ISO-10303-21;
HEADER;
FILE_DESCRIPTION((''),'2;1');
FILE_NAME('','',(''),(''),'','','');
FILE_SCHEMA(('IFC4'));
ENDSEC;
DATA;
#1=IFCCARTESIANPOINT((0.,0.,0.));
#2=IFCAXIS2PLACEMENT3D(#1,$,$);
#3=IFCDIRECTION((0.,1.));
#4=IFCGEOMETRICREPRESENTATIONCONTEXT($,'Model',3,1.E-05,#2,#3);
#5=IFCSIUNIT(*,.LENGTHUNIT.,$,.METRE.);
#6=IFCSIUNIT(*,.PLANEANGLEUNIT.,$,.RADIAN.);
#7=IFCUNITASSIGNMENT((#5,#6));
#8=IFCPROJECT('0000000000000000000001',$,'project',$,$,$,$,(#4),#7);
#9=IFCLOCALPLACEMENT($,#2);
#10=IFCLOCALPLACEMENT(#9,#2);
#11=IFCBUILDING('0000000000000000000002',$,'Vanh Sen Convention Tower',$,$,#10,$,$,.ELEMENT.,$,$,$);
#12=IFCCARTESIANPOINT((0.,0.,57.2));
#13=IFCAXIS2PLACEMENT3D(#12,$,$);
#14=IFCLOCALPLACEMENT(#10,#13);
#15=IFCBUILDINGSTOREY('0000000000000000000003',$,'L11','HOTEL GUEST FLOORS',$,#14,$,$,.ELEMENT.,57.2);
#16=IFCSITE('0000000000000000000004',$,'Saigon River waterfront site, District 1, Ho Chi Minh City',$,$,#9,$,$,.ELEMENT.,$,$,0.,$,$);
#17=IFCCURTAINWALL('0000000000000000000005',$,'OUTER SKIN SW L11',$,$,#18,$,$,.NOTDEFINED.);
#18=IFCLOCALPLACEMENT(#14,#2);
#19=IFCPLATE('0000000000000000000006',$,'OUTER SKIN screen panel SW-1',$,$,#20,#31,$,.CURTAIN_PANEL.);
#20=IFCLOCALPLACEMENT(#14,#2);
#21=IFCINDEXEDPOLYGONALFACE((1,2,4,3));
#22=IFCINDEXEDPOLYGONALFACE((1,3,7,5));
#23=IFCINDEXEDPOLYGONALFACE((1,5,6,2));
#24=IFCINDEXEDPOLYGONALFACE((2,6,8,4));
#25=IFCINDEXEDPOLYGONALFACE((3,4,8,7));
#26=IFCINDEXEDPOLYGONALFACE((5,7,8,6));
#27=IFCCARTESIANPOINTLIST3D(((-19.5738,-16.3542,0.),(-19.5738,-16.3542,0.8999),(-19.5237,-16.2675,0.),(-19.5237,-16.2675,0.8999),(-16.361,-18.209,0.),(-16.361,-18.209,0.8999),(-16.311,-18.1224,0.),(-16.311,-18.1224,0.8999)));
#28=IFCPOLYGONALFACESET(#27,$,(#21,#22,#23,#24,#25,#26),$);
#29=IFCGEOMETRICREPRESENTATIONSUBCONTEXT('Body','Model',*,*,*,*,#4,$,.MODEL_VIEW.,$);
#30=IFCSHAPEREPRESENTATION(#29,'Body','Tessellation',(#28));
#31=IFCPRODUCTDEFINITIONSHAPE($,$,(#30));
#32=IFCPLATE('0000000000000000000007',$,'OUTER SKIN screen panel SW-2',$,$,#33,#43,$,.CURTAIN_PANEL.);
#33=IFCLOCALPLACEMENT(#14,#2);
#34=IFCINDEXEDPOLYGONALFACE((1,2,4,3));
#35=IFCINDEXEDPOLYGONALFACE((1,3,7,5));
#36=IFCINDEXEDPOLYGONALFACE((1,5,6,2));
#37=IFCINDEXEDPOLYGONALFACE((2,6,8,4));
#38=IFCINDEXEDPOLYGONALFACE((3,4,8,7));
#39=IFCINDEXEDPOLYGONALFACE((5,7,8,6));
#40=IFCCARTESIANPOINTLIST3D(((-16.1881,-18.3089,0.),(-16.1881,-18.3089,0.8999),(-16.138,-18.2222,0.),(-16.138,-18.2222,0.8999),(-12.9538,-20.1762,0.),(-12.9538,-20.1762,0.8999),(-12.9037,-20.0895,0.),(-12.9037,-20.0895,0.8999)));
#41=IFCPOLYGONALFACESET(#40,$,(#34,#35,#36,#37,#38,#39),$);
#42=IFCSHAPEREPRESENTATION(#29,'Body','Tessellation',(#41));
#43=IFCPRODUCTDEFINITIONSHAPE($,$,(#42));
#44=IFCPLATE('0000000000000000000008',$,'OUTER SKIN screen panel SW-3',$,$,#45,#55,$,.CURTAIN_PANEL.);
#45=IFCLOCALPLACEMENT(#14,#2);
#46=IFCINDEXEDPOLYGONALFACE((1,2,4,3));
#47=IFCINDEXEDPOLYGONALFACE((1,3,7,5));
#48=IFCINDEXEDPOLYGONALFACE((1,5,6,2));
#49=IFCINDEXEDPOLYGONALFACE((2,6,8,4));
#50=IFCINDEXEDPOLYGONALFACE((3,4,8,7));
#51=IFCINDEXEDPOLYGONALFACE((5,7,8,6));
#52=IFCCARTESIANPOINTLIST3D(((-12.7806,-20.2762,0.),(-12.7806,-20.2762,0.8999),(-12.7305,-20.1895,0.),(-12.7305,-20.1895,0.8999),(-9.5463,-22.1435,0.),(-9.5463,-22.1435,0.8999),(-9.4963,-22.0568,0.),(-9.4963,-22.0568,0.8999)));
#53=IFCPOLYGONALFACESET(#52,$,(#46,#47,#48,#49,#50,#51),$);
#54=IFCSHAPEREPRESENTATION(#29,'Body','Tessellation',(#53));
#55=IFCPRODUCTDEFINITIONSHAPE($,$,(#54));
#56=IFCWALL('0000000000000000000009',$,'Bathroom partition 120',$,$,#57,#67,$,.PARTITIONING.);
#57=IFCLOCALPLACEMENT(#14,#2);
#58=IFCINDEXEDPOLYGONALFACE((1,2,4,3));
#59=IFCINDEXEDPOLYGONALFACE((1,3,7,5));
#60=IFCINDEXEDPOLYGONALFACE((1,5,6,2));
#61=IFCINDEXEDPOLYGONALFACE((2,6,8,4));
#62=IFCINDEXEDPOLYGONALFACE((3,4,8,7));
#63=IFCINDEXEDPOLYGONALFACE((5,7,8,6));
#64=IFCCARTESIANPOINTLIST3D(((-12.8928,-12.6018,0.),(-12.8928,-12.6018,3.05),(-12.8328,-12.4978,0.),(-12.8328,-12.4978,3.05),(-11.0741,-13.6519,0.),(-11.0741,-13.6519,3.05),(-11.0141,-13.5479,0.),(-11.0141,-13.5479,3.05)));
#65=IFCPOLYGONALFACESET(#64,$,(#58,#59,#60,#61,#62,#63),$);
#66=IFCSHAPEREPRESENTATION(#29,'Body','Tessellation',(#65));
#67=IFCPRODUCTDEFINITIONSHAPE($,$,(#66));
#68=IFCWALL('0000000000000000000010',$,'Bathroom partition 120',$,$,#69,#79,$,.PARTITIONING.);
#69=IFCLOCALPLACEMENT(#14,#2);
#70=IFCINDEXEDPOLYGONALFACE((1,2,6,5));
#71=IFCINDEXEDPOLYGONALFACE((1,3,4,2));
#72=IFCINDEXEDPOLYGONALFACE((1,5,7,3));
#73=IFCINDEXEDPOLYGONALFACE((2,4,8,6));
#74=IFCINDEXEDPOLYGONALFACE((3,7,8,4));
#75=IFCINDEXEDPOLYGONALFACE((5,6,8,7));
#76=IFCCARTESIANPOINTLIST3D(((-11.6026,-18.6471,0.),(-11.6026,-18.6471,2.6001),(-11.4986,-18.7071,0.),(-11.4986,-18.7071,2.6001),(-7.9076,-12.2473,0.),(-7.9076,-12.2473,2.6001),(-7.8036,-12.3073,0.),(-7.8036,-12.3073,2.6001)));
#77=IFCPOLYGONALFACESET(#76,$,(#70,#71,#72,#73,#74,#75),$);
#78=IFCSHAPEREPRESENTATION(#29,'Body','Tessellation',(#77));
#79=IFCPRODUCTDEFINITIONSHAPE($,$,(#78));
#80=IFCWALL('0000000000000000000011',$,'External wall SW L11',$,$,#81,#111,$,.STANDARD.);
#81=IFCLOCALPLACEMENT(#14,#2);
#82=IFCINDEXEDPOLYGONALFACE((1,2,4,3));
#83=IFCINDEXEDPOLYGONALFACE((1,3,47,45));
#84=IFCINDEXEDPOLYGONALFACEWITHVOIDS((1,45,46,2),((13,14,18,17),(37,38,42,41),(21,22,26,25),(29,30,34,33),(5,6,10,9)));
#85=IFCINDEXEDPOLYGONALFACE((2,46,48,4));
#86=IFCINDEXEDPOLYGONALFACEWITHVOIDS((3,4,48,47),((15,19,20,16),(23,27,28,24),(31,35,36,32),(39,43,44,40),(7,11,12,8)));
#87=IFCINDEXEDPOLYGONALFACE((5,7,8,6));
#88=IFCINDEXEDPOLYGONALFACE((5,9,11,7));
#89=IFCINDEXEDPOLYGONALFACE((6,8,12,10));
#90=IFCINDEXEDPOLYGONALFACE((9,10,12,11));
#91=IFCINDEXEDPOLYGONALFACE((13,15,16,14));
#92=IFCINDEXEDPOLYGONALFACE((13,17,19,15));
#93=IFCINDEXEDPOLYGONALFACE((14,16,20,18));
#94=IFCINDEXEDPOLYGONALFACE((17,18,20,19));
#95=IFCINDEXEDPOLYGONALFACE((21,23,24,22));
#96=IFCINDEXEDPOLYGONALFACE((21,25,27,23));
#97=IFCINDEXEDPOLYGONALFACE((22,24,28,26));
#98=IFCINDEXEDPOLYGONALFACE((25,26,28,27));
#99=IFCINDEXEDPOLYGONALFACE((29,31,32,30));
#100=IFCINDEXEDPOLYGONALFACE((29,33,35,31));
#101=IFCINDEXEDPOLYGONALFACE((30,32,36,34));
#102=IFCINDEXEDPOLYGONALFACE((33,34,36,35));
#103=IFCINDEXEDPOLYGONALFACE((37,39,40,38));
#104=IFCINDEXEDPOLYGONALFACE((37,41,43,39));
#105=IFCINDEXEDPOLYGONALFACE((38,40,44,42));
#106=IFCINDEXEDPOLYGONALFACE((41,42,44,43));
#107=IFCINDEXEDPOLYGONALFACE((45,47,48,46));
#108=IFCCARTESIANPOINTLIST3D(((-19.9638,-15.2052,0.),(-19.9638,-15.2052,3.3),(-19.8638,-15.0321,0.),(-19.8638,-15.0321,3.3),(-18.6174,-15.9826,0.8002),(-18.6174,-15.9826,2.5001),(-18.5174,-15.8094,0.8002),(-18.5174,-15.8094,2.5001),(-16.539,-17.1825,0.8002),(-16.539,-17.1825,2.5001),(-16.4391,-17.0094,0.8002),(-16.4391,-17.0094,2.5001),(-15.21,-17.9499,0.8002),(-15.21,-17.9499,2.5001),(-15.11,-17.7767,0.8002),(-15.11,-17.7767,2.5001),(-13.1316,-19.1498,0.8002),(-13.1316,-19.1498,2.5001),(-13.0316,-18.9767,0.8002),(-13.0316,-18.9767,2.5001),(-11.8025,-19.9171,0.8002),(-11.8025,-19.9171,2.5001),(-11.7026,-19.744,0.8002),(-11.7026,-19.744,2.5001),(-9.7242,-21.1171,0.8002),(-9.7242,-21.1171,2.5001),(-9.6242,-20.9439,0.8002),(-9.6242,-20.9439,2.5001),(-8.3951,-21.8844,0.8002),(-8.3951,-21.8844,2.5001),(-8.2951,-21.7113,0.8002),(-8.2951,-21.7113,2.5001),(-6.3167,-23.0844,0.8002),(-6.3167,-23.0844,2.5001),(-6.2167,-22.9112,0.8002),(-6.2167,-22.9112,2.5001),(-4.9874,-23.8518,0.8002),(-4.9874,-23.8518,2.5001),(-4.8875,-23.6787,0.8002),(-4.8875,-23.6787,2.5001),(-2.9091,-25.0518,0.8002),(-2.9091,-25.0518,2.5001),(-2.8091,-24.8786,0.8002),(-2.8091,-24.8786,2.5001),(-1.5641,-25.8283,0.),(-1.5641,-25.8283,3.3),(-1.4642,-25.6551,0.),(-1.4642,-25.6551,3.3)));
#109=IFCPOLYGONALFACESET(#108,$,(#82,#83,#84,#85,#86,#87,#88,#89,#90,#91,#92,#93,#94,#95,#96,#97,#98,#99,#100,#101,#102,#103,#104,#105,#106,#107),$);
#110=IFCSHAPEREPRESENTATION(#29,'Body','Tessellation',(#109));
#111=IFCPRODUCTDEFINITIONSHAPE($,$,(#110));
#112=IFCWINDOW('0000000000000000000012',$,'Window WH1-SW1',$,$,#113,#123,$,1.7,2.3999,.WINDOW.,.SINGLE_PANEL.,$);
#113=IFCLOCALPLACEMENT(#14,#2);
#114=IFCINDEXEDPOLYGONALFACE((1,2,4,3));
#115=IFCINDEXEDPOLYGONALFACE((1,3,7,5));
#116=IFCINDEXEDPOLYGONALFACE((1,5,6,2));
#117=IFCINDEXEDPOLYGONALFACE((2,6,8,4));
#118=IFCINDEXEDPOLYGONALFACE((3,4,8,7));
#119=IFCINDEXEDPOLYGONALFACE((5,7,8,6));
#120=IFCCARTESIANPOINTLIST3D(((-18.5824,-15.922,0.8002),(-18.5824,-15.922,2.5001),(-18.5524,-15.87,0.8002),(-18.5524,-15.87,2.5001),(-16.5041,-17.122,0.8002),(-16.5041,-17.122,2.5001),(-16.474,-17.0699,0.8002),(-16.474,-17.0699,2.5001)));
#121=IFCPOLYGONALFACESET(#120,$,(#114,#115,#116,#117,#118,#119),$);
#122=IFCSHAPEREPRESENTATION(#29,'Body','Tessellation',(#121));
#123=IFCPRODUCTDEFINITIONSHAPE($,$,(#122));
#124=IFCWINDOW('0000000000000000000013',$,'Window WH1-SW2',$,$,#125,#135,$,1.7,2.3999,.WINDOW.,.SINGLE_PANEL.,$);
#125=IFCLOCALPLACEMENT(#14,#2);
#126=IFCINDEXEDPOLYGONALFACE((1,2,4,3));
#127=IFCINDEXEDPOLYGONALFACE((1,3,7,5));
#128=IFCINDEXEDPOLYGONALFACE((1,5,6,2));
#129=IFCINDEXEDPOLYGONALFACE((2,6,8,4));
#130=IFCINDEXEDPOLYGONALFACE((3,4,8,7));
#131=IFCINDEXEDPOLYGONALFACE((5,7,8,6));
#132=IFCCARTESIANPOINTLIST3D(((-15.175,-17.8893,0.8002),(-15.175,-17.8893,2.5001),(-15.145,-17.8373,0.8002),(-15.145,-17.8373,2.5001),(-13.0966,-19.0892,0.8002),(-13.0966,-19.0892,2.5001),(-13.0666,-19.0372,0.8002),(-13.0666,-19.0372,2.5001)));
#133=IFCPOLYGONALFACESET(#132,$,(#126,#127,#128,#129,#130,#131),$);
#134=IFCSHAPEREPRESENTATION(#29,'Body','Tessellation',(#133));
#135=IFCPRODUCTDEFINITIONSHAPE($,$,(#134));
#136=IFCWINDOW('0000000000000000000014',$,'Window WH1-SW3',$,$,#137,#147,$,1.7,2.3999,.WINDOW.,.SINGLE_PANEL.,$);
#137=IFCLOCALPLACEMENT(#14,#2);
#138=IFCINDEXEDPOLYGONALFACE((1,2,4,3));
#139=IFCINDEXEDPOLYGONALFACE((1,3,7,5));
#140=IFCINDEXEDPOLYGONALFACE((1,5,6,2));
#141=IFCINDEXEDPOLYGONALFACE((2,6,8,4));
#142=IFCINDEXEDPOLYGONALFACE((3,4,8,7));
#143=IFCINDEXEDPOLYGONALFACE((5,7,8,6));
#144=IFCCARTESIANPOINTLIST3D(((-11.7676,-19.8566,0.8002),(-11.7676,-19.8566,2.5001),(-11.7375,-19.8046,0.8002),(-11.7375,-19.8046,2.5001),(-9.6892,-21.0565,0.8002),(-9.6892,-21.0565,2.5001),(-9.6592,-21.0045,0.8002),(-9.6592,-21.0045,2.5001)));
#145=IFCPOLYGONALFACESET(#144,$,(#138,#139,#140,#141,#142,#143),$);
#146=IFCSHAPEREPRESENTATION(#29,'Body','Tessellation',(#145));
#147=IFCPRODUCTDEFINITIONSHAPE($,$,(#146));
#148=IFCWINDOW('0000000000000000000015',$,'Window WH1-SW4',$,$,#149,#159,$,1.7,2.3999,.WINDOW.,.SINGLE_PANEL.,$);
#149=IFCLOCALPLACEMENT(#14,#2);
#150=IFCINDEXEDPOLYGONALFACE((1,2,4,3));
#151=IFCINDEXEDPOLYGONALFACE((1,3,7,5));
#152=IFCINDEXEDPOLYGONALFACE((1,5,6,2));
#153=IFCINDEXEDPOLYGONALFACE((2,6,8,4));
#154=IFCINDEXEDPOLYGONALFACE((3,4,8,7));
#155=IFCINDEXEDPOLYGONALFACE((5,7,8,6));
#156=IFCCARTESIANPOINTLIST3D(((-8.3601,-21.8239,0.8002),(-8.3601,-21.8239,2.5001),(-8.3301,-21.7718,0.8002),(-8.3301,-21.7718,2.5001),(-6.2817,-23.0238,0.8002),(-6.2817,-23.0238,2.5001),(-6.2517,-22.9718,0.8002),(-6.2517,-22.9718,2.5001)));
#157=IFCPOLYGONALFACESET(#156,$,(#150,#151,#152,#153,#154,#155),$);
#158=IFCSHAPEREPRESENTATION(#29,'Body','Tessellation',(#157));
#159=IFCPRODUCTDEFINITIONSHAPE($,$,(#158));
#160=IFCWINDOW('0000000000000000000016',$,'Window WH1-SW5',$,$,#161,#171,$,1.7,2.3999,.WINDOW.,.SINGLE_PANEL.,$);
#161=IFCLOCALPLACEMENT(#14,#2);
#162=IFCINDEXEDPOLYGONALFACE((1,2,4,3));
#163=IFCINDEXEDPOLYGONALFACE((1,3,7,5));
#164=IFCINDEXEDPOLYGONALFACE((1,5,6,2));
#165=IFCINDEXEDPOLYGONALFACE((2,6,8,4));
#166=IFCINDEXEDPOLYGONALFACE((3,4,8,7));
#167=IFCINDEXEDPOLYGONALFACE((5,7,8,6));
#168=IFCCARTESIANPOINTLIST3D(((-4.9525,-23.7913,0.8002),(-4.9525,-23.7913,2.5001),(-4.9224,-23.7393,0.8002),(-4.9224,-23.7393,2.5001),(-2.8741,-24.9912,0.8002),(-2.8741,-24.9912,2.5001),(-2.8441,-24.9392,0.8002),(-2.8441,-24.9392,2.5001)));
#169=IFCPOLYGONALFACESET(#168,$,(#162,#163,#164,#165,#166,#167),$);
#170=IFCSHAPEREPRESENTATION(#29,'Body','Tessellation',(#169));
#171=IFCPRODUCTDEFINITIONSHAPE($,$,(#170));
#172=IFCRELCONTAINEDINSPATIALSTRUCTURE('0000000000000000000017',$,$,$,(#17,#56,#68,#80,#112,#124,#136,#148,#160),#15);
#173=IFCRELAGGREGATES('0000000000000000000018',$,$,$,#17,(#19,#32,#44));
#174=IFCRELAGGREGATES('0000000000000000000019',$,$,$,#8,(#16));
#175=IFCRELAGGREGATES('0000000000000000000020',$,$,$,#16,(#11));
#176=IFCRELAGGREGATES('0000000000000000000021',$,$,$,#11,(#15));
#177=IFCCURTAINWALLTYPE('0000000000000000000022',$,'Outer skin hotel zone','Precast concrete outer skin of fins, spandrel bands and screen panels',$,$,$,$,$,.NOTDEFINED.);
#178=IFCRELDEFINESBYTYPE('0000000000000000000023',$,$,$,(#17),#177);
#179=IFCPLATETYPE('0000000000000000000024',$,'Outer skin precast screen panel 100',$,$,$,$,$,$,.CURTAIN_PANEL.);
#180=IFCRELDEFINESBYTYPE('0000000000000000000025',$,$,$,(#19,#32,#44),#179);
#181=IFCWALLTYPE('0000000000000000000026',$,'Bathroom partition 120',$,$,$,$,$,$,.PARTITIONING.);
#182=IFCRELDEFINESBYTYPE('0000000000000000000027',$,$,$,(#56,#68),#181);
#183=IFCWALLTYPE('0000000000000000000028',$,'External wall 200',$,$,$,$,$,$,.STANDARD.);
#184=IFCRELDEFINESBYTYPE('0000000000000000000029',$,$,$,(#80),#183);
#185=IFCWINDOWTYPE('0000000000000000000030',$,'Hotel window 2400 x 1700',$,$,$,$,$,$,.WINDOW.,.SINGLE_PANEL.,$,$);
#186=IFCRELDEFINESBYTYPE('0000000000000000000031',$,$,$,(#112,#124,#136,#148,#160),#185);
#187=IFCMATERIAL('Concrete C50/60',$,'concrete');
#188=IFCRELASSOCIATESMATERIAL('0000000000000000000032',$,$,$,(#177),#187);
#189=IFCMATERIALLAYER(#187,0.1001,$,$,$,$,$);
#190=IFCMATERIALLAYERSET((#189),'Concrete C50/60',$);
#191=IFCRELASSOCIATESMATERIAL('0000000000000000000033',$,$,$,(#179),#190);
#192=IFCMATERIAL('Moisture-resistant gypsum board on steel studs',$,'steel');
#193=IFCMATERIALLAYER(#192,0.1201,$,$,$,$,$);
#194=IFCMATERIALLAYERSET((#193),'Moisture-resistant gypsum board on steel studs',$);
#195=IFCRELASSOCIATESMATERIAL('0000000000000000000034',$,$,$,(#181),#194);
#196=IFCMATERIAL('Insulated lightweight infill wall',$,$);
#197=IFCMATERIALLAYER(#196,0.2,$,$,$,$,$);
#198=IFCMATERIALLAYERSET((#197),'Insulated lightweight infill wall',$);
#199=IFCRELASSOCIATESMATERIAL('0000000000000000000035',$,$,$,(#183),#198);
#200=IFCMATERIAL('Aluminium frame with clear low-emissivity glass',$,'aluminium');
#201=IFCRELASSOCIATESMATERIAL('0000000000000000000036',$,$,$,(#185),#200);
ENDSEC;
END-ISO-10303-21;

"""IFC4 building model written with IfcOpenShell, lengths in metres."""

from ifc_helpers import new_model, si_unit, direction, frame, frame_2d, origin, origin_2d, place, context, subcontext, project, spatial, rectangle, extrude, material, layer, layer_set, type_object, element, fill, aggregate, save


model = new_model("IFC4")

# Units and contexts
model_context = context("Model", 3, precision=1e-05, world=origin(), true_north=direction((0.0, 1.0)))
body_context = subcontext(model_context, "Body", "Model", "MODEL_VIEW")
ifc_project = project(units=[si_unit("LENGTHUNIT", "METRE"), si_unit("PLANEANGLEUNIT", "RADIAN")], contexts=[model_context])

# Site, building, storey
site_placement = place(None, origin())
site = spatial("IfcSite", under=ifc_project, at=site_placement, Name="Saigon River waterfront site, District 1, Ho Chi Minh City", CompositionType="ELEMENT", RefElevation=0.0)
building_placement = place(site_placement, origin())
building = spatial("IfcBuilding", under=site, at=building_placement, Name="Vanh Sen Convention Tower", CompositionType="ELEMENT")
storey_placement = place(building_placement, frame((0.0, 0.0, 57.2)))
storey = spatial("IfcBuildingStorey", under=building, at=storey_placement, Name="L11", Description="HOTEL GUEST FLOORS", CompositionType="ELEMENT", Elevation=57.2)

# Curtain wall
ifc_material_1 = material(Name="Concrete C50/60", Category="concrete")
curtain_wall_type = type_object("IfcCurtainWallType", Name="Outer skin hotel zone", Description="Precast concrete outer skin of fins, spandrel bands and screen panels", PredefinedType="NOTDEFINED", material=ifc_material_1)
curtain_wall_1_placement = place(storey_placement, origin())
curtain_wall_1 = element("IfcCurtainWall", 1, at=curtain_wall_1_placement, inside=storey, type_object=curtain_wall_type, Name="OUTER SKIN SW L11", PredefinedType="NOTDEFINED")

# Shared definitions
ifc_layer_1 = layer(ifc_material_1, 0.1001)
ifc_layer_set_1 = layer_set([ifc_layer_1], Name="Concrete C50/60")
plate_type = type_object("IfcPlateType", Name="Outer skin precast screen panel 100", PredefinedType="CURTAIN_PANEL", material=ifc_layer_set_1)

# Plates
plate_1_placement = place(storey_placement, frame((-17.9424, -17.2383, 0.0), z_axis=(0.0, 0.0, 1.0), x_axis=(0.866028, -0.499995, 0.0)))
plate_1 = element("IfcPlate", 2, at=plate_1_placement, type_object=plate_type, Name="OUTER SKIN screen panel SW-1", PredefinedType="CURTAIN_PANEL", context=body_context, shape_type="SweptSolid", body=[
    extrude(rectangle(XDim=3.7097, YDim=0.1001, at=origin_2d()), origin(), (0.0, 0.0, 1.0), 0.8999),
])
plate_2_placement = place(storey_placement, frame((-14.5459, -19.1992, 0.0), z_axis=(0.0, 0.0, 1.0), x_axis=(0.866032, -0.499988, 0.0)))
plate_2 = element("IfcPlate", 3, at=plate_2_placement, type_object=plate_type, Name="OUTER SKIN screen panel SW-2", PredefinedType="CURTAIN_PANEL", context=body_context, shape_type="SweptSolid", body=[
    extrude(rectangle(XDim=3.7346, YDim=0.1001, at=origin_2d()), origin(), (0.0, 0.0, 1.0), 0.8999),
])
plate_3_placement = place(storey_placement, frame((-11.1384, -21.1665, 0.0), z_axis=(0.0, 0.0, 1.0), x_axis=(0.866028, -0.499995, 0.0)))
plate_3 = element("IfcPlate", 4, at=plate_3_placement, type_object=plate_type, Name="OUTER SKIN screen panel SW-3", PredefinedType="CURTAIN_PANEL", context=body_context, shape_type="SweptSolid", body=[
    extrude(rectangle(XDim=3.7346, YDim=0.1001, at=origin_2d()), origin(), (0.0, 0.0, 1.0), 0.8999),
])
aggregate(curtain_wall_1, [plate_1, plate_2, plate_3])

# Walls
ifc_material_2 = material(Name="Moisture-resistant gypsum board on steel studs", Category="steel")
ifc_layer_2 = layer(ifc_material_2, 0.1201)
ifc_layer_set_2 = layer_set([ifc_layer_2], Name="Moisture-resistant gypsum board on steel studs")
wall_type_1 = type_object("IfcWallType", Name="Bathroom partition 120", PredefinedType="PARTITIONING", material=ifc_layer_set_2)
wall_1_placement = place(storey_placement, frame((-12.8628, -12.5498, 0.0), z_axis=(0.0, 0.0, 1.0), x_axis=(0.866009, -0.500028, 0.0)))
element("IfcWall", 5, at=wall_1_placement, inside=storey, type_object=wall_type_1, Name="Bathroom partition 120", PredefinedType="PARTITIONING", context=body_context, shape_type="SweptSolid", body=[
    extrude(rectangle(XDim=2.1001, YDim=0.1201, at=frame_2d((1.05, 0.0))), origin(), (0.0, 0.0, 1.0), 3.05),
])
wall_2_placement = place(storey_placement, frame((-11.5505, -18.677, 0.0), z_axis=(0.0, 0.0, 1.0), x_axis=(0.500008, 0.866021, 0.0)))
element("IfcWall", 6, at=wall_2_placement, inside=storey, type_object=wall_type_1, Name="Bathroom partition 120", PredefinedType="PARTITIONING", context=body_context, shape_type="SweptSolid", body=[
    extrude(rectangle(XDim=7.3899, YDim=0.1201, at=frame_2d((3.6948, 0.0))), origin(), (0.0, 0.0, 1.0), 2.6001),
])

# Wall, openings, windows
ifc_material_3 = material(Name="Insulated lightweight infill wall")
ifc_layer_3 = layer(ifc_material_3, 0.2)
ifc_layer_set_3 = layer_set([ifc_layer_3], Name="Insulated lightweight infill wall")
wall_type_2 = type_object("IfcWallType", Name="External wall 200", PredefinedType="STANDARD", material=ifc_layer_set_3)
wall_3_placement = place(storey_placement, frame((-19.9138, -15.1187, 0.0), z_axis=(0.0, 0.0, 1.0), x_axis=(0.866025, -0.5, 0.0)))
wall_3 = element("IfcWall", 7, at=wall_3_placement, inside=storey, type_object=wall_type_2, Name="External wall SW L11", PredefinedType="STANDARD", context=body_context, shape_type="SweptSolid", body=[
    extrude(rectangle(XDim=21.2461, YDim=0.2, at=frame_2d((10.623, 0.0))), origin(), (0.0, 0.0, 1.0), 3.3),
])
opening_1_placement = place(wall_3_placement, frame((1.5547, 0.0, 0.8)))
opening_1 = element("IfcOpeningElement", 8, at=opening_1_placement, cuts=wall_3, PredefinedType="OPENING", context=body_context, shape_type="SweptSolid", body=[
    extrude(rectangle(XDim=2.3999, YDim=1.7, at=frame_2d((1.2, 0.8501))), frame((0.0, 0.1099, 0.0), z_axis=(0.0, -1.0, 0.0), x_axis=(1.0, 0.0, 0.0)), (0.0, 0.0, 1.0), 0.22),
])
opening_2_placement = place(wall_3_placement, frame((5.4893, 0.0, 0.8)))
opening_2 = element("IfcOpeningElement", 9, at=opening_2_placement, cuts=wall_3, PredefinedType="OPENING", context=body_context, shape_type="SweptSolid", body=[
    extrude(rectangle(XDim=2.3999, YDim=1.7, at=frame_2d((1.2, 0.8501))), frame((0.0, 0.1099, 0.0), z_axis=(0.0, -1.0, 0.0), x_axis=(1.0, 0.0, 0.0)), (0.0, 0.0, 1.0), 0.22),
])
opening_3_placement = place(wall_3_placement, frame((9.4238, 0.0, 0.8)))
opening_3 = element("IfcOpeningElement", 10, at=opening_3_placement, cuts=wall_3, PredefinedType="OPENING", context=body_context, shape_type="SweptSolid", body=[
    extrude(rectangle(XDim=2.3999, YDim=1.7, at=frame_2d((1.2, 0.8501))), frame((0.0, 0.1099, 0.0), z_axis=(0.0, -1.0, 0.0), x_axis=(1.0, 0.0, 0.0)), (0.0, 0.0, 1.0), 0.22),
])
opening_4_placement = place(wall_3_placement, frame((13.3584, 0.0, 0.8)))
opening_4 = element("IfcOpeningElement", 11, at=opening_4_placement, cuts=wall_3, PredefinedType="OPENING", context=body_context, shape_type="SweptSolid", body=[
    extrude(rectangle(XDim=2.3999, YDim=1.7, at=frame_2d((1.2, 0.8501))), frame((0.0, 0.1099, 0.0), z_axis=(0.0, -1.0, 0.0), x_axis=(1.0, 0.0, 0.0)), (0.0, 0.0, 1.0), 0.22),
])
opening_5_placement = place(wall_3_placement, frame((17.2932, 0.0, 0.8)))
opening_5 = element("IfcOpeningElement", 12, at=opening_5_placement, cuts=wall_3, PredefinedType="OPENING", context=body_context, shape_type="SweptSolid", body=[
    extrude(rectangle(XDim=2.3999, YDim=1.7, at=frame_2d((1.2, 0.8501))), frame((0.0, 0.1099, 0.0), z_axis=(0.0, -1.0, 0.0), x_axis=(1.0, 0.0, 0.0)), (0.0, 0.0, 1.0), 0.22),
])
ifc_material_4 = material(Name="Aluminium frame with clear low-emissivity glass", Category="aluminium")
window_type = type_object("IfcWindowType", Name="Hotel window 2400 x 1700", PartitioningType="SINGLE_PANEL", PredefinedType="WINDOW", material=ifc_material_4)
window_1_placement = place(opening_1_placement, origin())
window_1 = element("IfcWindow", 13, at=window_1_placement, inside=storey, type_object=window_type, Name="Window WH1-SW1", OverallHeight=1.7, OverallWidth=2.3999, PartitioningType="SINGLE_PANEL", PredefinedType="WINDOW", context=body_context, shape_type="SweptSolid", body=[
    extrude(rectangle(XDim=2.3999, YDim=1.7, at=frame_2d((1.2, 0.8501))), frame((0.0, 0.03, 0.0), z_axis=(0.0, -1.0, 0.0), x_axis=(1.0, 0.0, 0.0)), (0.0, 0.0, 1.0), 0.0601),
])
fill(opening_1, window_1)
window_2_placement = place(opening_2_placement, origin())
window_2 = element("IfcWindow", 14, at=window_2_placement, inside=storey, type_object=window_type, Name="Window WH1-SW2", OverallHeight=1.7, OverallWidth=2.3999, PartitioningType="SINGLE_PANEL", PredefinedType="WINDOW", context=body_context, shape_type="SweptSolid", body=[
    extrude(rectangle(XDim=2.3999, YDim=1.7, at=frame_2d((1.2, 0.8501))), frame((0.0, 0.03, 0.0), z_axis=(0.0, -1.0, 0.0), x_axis=(1.0, 0.0, 0.0)), (0.0, 0.0, 1.0), 0.0601),
])
fill(opening_2, window_2)
window_3_placement = place(opening_3_placement, origin())
window_3 = element("IfcWindow", 15, at=window_3_placement, inside=storey, type_object=window_type, Name="Window WH1-SW3", OverallHeight=1.7, OverallWidth=2.3999, PartitioningType="SINGLE_PANEL", PredefinedType="WINDOW", context=body_context, shape_type="SweptSolid", body=[
    extrude(rectangle(XDim=2.3999, YDim=1.7, at=frame_2d((1.2, 0.8501))), frame((0.0, 0.03, 0.0), z_axis=(0.0, -1.0, 0.0), x_axis=(1.0, 0.0, 0.0)), (0.0, 0.0, 1.0), 0.0601),
])
fill(opening_3, window_3)
window_4_placement = place(opening_4_placement, origin())
window_4 = element("IfcWindow", 16, at=window_4_placement, inside=storey, type_object=window_type, Name="Window WH1-SW4", OverallHeight=1.7, OverallWidth=2.3999, PartitioningType="SINGLE_PANEL", PredefinedType="WINDOW", context=body_context, shape_type="SweptSolid", body=[
    extrude(rectangle(XDim=2.3999, YDim=1.7, at=frame_2d((1.2, 0.8501))), frame((0.0, 0.03, 0.0), z_axis=(0.0, -1.0, 0.0), x_axis=(1.0, 0.0, 0.0)), (0.0, 0.0, 1.0), 0.0601),
])
fill(opening_4, window_4)
window_5_placement = place(opening_5_placement, origin())
window_5 = element("IfcWindow", 17, at=window_5_placement, inside=storey, type_object=window_type, Name="Window WH1-SW5", OverallHeight=1.7, OverallWidth=2.3999, PartitioningType="SINGLE_PANEL", PredefinedType="WINDOW", context=body_context, shape_type="SweptSolid", body=[
    extrude(rectangle(XDim=2.3999, YDim=1.7, at=frame_2d((1.2, 0.8501))), frame((0.0, 0.03, 0.0), z_axis=(0.0, -1.0, 0.0), x_axis=(1.0, 0.0, 0.0)), (0.0, 0.0, 1.0), 0.0601),
])
fill(opening_5, window_5)

save(model, "model.ifc")
